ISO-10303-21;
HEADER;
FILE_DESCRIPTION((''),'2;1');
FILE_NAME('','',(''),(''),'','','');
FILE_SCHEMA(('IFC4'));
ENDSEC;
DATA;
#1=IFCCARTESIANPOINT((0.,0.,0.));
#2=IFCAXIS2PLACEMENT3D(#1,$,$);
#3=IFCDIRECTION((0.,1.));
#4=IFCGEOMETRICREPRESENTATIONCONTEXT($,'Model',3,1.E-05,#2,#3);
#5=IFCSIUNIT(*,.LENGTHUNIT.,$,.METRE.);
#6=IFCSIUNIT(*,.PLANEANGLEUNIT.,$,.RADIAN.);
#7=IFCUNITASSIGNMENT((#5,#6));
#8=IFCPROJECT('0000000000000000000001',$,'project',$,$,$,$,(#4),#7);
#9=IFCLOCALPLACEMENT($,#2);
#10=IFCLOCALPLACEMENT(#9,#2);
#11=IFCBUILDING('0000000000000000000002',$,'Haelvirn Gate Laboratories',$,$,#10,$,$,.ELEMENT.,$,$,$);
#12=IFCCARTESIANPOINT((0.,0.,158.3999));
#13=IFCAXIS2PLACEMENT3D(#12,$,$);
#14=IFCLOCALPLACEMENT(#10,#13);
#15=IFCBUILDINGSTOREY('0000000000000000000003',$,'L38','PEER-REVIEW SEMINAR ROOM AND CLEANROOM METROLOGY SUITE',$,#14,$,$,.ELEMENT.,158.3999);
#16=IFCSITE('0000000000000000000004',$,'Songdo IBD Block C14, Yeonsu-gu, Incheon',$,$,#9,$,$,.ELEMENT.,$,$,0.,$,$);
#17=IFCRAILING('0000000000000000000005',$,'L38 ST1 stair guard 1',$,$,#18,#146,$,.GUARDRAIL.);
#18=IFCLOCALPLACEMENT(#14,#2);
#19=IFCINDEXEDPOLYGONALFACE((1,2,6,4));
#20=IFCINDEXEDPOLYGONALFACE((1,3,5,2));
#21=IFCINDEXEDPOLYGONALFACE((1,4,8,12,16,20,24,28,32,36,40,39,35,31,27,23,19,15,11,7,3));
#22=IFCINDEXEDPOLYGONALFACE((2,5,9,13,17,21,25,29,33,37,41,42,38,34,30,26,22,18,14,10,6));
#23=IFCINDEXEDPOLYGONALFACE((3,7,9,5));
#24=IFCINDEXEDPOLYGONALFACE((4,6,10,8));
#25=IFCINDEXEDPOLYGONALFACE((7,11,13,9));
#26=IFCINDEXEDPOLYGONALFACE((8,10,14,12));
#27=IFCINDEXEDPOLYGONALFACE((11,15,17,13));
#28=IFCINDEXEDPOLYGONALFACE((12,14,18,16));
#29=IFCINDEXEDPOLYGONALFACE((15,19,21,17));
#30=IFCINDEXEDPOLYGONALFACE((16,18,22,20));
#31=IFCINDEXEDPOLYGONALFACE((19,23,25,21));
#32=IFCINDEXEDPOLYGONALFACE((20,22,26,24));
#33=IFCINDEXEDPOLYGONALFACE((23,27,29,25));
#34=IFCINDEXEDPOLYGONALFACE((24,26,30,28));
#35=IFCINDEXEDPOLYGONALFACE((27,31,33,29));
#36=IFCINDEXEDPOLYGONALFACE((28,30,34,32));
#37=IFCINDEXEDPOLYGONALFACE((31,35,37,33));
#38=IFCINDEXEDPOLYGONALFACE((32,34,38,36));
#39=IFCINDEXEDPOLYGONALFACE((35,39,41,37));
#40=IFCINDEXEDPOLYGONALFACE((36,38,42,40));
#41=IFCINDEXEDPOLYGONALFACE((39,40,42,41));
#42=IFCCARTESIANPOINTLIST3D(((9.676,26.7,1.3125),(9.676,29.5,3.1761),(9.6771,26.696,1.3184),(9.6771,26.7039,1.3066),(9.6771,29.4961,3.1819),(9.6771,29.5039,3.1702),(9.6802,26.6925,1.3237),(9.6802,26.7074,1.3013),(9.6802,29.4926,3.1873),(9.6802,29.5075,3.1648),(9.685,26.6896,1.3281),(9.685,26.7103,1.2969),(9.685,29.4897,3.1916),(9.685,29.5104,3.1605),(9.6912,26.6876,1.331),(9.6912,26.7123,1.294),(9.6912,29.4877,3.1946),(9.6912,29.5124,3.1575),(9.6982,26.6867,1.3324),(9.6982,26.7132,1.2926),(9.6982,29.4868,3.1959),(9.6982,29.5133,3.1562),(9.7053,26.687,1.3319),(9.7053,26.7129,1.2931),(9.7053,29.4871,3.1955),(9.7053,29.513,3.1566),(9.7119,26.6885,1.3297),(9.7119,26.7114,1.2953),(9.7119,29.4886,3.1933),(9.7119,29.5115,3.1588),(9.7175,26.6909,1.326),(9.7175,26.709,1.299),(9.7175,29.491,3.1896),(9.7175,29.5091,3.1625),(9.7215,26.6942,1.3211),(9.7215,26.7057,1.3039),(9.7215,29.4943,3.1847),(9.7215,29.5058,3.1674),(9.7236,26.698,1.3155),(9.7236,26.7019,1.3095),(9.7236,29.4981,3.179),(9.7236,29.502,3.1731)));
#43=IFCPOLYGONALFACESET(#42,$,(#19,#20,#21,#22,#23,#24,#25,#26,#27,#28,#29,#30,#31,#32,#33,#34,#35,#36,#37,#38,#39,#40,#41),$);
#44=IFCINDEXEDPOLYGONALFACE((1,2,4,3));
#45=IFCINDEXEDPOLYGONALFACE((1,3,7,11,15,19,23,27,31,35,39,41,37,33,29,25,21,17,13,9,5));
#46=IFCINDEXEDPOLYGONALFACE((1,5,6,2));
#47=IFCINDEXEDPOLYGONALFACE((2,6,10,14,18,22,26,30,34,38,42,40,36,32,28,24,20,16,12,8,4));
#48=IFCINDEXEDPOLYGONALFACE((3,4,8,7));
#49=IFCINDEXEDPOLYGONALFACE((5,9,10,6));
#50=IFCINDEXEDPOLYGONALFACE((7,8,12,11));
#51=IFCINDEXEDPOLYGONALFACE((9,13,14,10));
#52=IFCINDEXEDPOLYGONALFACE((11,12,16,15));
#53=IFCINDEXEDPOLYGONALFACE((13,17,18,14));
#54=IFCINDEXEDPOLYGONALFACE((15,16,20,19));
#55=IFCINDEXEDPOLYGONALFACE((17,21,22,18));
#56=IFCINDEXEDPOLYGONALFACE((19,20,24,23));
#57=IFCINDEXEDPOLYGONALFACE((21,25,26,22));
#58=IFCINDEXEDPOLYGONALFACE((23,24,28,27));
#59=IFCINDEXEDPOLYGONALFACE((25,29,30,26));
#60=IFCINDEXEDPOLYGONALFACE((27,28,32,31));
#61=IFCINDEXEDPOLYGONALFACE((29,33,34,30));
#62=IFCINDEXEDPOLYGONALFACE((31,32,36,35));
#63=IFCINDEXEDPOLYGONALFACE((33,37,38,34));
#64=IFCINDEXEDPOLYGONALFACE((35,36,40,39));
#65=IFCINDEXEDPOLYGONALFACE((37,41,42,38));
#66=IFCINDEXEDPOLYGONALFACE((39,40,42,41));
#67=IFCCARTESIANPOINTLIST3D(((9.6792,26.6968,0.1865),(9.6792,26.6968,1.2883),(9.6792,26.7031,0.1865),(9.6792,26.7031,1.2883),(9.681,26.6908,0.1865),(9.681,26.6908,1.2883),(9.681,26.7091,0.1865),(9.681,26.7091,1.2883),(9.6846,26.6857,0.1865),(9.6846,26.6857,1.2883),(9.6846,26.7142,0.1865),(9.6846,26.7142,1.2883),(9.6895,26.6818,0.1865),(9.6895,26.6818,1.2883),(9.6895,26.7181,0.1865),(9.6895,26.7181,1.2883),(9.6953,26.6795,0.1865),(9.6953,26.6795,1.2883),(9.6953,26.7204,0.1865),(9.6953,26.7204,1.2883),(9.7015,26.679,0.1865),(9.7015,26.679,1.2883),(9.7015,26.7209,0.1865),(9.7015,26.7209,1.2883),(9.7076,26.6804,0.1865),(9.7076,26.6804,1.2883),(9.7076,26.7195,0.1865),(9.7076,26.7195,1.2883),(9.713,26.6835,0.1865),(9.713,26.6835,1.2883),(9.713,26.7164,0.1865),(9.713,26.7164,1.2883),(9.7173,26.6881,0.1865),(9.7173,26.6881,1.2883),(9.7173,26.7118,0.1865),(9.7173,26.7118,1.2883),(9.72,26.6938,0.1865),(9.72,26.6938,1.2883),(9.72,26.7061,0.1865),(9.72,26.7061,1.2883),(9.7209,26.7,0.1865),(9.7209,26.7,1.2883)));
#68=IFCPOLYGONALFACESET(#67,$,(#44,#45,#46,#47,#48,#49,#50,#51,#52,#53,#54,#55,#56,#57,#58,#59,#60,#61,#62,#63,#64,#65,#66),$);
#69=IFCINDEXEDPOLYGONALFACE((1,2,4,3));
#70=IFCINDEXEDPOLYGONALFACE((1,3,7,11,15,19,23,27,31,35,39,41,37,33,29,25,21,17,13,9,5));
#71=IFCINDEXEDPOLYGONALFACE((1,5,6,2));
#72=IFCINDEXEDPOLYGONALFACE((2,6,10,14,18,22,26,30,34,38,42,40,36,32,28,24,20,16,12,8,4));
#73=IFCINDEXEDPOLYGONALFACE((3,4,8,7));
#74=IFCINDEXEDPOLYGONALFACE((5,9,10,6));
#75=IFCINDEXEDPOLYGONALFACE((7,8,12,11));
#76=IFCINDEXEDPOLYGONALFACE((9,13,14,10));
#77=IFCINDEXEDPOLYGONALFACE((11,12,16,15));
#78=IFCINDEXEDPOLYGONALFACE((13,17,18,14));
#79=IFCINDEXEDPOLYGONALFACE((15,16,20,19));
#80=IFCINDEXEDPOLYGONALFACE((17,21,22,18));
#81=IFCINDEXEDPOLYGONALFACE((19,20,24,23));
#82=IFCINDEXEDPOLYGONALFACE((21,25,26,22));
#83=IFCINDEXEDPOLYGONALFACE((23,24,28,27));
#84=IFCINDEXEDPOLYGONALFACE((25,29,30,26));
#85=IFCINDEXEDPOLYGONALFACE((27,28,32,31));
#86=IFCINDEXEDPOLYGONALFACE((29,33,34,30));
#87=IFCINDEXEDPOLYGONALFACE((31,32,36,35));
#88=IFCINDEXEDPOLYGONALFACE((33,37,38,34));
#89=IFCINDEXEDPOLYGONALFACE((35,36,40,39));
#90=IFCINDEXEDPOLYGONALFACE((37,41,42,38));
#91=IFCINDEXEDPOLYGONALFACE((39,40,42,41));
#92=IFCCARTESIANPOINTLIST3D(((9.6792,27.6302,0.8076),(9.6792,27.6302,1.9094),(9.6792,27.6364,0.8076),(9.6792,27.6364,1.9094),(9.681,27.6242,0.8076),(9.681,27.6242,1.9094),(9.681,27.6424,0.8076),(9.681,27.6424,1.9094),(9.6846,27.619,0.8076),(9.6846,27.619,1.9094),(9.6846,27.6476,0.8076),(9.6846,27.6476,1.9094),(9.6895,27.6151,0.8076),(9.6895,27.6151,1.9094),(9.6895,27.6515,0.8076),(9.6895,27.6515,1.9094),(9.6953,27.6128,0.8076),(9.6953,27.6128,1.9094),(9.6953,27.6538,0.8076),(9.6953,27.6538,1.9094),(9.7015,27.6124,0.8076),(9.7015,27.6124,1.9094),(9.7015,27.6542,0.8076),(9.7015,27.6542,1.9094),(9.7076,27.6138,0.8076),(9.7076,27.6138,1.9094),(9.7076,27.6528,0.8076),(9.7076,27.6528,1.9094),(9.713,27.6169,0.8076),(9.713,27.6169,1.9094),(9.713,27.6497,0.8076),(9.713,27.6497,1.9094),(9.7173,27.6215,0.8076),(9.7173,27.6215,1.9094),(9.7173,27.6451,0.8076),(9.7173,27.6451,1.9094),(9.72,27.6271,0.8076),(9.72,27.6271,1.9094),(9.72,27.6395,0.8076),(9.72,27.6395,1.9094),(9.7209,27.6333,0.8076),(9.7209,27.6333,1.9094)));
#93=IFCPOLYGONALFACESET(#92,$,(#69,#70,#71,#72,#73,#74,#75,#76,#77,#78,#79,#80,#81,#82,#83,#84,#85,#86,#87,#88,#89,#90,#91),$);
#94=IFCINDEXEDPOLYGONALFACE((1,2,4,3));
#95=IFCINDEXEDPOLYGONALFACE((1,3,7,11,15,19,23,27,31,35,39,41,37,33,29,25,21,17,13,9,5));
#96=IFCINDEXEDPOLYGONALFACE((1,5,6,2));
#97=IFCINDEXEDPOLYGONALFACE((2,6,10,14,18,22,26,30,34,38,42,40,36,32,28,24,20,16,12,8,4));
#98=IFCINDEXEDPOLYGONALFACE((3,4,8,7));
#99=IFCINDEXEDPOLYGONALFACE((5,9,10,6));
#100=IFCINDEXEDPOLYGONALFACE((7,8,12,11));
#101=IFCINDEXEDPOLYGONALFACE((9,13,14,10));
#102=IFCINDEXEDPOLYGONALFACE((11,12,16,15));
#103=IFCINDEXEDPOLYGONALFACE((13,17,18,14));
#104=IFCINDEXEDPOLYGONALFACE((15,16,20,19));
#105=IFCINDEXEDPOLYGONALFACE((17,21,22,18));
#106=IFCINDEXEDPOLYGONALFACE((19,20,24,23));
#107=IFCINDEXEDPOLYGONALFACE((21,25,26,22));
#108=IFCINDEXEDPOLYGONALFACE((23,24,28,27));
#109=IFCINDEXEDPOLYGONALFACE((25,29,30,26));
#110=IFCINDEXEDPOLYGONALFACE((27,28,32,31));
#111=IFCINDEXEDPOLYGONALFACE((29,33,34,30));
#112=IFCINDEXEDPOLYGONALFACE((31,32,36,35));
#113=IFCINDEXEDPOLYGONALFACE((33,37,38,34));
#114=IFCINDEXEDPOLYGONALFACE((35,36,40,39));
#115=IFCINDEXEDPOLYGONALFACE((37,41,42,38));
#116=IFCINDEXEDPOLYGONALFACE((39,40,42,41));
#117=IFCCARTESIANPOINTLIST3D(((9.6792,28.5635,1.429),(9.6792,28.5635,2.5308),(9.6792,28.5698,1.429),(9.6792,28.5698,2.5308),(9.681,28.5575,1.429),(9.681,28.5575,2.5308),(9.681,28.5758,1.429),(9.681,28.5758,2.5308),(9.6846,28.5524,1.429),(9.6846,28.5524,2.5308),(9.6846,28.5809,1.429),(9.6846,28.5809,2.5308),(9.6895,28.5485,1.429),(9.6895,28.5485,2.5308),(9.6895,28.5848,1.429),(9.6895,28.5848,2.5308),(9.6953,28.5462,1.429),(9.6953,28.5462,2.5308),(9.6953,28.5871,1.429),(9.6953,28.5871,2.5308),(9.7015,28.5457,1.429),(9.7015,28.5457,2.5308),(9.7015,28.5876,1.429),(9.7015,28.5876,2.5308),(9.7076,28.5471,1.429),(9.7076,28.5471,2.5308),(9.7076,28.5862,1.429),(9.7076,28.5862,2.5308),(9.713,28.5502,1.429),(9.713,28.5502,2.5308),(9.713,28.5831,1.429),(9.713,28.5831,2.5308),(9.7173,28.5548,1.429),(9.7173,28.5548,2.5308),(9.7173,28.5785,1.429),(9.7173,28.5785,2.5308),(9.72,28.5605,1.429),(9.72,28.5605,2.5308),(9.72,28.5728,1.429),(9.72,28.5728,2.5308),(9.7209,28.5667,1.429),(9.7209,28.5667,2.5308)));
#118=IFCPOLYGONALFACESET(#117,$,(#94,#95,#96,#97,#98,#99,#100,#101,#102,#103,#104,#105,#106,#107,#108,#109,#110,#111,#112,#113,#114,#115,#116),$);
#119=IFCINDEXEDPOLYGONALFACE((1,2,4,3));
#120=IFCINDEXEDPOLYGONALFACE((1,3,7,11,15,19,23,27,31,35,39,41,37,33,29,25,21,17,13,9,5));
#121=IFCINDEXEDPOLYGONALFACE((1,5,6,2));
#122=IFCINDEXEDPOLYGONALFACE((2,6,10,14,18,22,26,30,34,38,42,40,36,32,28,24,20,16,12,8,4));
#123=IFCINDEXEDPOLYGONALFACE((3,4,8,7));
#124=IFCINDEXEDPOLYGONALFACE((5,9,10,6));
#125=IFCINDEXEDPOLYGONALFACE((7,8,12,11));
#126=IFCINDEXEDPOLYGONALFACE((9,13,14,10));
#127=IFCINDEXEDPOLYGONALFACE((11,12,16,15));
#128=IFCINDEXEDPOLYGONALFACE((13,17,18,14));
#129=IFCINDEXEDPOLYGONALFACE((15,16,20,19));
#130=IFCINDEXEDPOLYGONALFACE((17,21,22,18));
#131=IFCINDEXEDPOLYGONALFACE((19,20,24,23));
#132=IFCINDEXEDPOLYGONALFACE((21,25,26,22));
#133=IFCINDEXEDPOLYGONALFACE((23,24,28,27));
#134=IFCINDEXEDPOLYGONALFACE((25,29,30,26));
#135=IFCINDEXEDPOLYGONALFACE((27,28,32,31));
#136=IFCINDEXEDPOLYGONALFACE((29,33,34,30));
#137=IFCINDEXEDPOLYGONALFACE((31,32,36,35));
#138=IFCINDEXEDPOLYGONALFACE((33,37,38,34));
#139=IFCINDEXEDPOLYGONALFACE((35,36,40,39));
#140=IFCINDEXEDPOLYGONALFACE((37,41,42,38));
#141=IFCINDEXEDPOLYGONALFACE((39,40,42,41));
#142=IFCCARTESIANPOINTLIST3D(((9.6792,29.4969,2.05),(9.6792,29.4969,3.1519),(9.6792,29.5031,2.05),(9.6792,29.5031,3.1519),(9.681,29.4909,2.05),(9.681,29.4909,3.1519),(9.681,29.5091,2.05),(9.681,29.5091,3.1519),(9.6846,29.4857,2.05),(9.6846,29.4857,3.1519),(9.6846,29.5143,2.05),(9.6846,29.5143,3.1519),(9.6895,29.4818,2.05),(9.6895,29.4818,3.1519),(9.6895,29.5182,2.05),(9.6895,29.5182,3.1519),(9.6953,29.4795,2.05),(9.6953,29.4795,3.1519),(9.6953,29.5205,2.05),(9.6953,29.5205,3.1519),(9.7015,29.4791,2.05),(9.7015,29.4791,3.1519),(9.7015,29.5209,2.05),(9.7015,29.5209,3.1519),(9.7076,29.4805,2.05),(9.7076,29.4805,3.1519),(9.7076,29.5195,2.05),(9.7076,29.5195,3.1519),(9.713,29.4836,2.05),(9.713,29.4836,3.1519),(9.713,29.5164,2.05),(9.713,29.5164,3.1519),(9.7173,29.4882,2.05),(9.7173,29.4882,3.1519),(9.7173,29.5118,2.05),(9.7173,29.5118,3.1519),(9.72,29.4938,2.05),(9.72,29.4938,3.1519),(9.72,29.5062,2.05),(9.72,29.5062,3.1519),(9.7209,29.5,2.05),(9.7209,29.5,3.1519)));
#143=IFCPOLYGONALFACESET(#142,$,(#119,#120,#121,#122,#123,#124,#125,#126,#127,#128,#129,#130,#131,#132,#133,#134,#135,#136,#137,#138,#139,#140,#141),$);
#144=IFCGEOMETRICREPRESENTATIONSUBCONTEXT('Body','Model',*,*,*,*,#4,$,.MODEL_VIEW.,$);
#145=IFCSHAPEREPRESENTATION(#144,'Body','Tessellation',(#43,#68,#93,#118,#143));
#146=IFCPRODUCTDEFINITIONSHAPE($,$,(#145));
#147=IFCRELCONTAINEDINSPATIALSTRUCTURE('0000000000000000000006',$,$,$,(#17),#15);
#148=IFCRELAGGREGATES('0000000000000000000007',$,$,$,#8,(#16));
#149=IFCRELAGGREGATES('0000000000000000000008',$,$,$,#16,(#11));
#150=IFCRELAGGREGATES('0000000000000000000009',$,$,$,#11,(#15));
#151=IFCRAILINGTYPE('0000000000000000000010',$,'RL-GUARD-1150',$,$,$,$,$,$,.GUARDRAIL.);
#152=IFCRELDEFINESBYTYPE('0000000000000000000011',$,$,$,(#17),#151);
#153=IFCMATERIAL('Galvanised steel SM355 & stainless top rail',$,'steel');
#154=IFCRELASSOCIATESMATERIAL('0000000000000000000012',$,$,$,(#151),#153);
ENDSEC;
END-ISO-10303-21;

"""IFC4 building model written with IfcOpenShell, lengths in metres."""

from ifc_helpers import new_model, si_unit, direction, frame, origin, origin_2d, place, context, subcontext, project, spatial, circle, extrude, source, transform, mapped, material, type_object, element, save


model = new_model("IFC4")

# Units and contexts
model_context = context("Model", 3, precision=1e-05, world=origin(), true_north=direction((0.0, 1.0)))
body_context = subcontext(model_context, "Body", "Model", "MODEL_VIEW")
ifc_project = project(units=[si_unit("LENGTHUNIT", "METRE"), si_unit("PLANEANGLEUNIT", "RADIAN")], contexts=[model_context])

# Site, building, storey
site_placement = place(None, origin())
site = spatial("IfcSite", under=ifc_project, at=site_placement, Name="Songdo IBD Block C14, Yeonsu-gu, Incheon", CompositionType="ELEMENT", RefElevation=0.0)
building_placement = place(site_placement, origin())
building = spatial("IfcBuilding", under=site, at=building_placement, Name="Haelvirn Gate Laboratories", CompositionType="ELEMENT")
storey_placement = place(building_placement, frame((0.0, 0.0, 158.3999)))
storey = spatial("IfcBuildingStorey", under=building, at=storey_placement, Name="L38", Description="PEER-REVIEW SEMINAR ROOM AND CLEANROOM METROLOGY SUITE", CompositionType="ELEMENT", Elevation=158.3999)

# Railing
ifc_material_1 = material(Name="Galvanised steel SM355 & stainless top rail", Category="steel")
railing_type_1 = type_object("IfcRailingType", Name="RL-GUARD-1150", PredefinedType="GUARDRAIL", material=ifc_material_1)
shared_shape_1 = source(origin(), body_context, "Body", "SweptSolid", [
    extrude(circle(Radius=0.0239, at=origin_2d()), frame((0.0, 0.0, 1.126), z_axis=(0.0, 0.832486, 0.554047), x_axis=(-1.0, 0.0, 0.0)), (0.0, 0.0, 1.0), 3.3635),
    extrude(circle(Radius=0.021, at=origin_2d()), origin(), (0.0, 0.0, 1.0), 1.1018),
    extrude(circle(Radius=0.021, at=origin_2d()), frame((0.0, 0.9333, 0.6211)), (0.0, 0.0, 1.0), 1.1018),
    extrude(circle(Radius=0.021, at=origin_2d()), frame((0.0, 1.8667, 1.2424)), (0.0, 0.0, 1.0), 1.1018),
    extrude(circle(Radius=0.021, at=origin_2d()), frame((0.0, 2.8, 1.8635)), (0.0, 0.0, 1.0), 1.1018),
])
railing_1_placement = place(storey_placement, frame((9.7, 26.7, 0.1865)))
element("IfcRailing", 1, at=railing_1_placement, inside=storey, type_object=railing_type_1, Name="L38 ST1 stair guard 1", PredefinedType="GUARDRAIL", context=body_context, shape_type="MappedRepresentation", body=[
    mapped(shared_shape_1, transform((0.0, 0.0, 0.0), scale=1.0)),
])

save(model, "model.ifc")
